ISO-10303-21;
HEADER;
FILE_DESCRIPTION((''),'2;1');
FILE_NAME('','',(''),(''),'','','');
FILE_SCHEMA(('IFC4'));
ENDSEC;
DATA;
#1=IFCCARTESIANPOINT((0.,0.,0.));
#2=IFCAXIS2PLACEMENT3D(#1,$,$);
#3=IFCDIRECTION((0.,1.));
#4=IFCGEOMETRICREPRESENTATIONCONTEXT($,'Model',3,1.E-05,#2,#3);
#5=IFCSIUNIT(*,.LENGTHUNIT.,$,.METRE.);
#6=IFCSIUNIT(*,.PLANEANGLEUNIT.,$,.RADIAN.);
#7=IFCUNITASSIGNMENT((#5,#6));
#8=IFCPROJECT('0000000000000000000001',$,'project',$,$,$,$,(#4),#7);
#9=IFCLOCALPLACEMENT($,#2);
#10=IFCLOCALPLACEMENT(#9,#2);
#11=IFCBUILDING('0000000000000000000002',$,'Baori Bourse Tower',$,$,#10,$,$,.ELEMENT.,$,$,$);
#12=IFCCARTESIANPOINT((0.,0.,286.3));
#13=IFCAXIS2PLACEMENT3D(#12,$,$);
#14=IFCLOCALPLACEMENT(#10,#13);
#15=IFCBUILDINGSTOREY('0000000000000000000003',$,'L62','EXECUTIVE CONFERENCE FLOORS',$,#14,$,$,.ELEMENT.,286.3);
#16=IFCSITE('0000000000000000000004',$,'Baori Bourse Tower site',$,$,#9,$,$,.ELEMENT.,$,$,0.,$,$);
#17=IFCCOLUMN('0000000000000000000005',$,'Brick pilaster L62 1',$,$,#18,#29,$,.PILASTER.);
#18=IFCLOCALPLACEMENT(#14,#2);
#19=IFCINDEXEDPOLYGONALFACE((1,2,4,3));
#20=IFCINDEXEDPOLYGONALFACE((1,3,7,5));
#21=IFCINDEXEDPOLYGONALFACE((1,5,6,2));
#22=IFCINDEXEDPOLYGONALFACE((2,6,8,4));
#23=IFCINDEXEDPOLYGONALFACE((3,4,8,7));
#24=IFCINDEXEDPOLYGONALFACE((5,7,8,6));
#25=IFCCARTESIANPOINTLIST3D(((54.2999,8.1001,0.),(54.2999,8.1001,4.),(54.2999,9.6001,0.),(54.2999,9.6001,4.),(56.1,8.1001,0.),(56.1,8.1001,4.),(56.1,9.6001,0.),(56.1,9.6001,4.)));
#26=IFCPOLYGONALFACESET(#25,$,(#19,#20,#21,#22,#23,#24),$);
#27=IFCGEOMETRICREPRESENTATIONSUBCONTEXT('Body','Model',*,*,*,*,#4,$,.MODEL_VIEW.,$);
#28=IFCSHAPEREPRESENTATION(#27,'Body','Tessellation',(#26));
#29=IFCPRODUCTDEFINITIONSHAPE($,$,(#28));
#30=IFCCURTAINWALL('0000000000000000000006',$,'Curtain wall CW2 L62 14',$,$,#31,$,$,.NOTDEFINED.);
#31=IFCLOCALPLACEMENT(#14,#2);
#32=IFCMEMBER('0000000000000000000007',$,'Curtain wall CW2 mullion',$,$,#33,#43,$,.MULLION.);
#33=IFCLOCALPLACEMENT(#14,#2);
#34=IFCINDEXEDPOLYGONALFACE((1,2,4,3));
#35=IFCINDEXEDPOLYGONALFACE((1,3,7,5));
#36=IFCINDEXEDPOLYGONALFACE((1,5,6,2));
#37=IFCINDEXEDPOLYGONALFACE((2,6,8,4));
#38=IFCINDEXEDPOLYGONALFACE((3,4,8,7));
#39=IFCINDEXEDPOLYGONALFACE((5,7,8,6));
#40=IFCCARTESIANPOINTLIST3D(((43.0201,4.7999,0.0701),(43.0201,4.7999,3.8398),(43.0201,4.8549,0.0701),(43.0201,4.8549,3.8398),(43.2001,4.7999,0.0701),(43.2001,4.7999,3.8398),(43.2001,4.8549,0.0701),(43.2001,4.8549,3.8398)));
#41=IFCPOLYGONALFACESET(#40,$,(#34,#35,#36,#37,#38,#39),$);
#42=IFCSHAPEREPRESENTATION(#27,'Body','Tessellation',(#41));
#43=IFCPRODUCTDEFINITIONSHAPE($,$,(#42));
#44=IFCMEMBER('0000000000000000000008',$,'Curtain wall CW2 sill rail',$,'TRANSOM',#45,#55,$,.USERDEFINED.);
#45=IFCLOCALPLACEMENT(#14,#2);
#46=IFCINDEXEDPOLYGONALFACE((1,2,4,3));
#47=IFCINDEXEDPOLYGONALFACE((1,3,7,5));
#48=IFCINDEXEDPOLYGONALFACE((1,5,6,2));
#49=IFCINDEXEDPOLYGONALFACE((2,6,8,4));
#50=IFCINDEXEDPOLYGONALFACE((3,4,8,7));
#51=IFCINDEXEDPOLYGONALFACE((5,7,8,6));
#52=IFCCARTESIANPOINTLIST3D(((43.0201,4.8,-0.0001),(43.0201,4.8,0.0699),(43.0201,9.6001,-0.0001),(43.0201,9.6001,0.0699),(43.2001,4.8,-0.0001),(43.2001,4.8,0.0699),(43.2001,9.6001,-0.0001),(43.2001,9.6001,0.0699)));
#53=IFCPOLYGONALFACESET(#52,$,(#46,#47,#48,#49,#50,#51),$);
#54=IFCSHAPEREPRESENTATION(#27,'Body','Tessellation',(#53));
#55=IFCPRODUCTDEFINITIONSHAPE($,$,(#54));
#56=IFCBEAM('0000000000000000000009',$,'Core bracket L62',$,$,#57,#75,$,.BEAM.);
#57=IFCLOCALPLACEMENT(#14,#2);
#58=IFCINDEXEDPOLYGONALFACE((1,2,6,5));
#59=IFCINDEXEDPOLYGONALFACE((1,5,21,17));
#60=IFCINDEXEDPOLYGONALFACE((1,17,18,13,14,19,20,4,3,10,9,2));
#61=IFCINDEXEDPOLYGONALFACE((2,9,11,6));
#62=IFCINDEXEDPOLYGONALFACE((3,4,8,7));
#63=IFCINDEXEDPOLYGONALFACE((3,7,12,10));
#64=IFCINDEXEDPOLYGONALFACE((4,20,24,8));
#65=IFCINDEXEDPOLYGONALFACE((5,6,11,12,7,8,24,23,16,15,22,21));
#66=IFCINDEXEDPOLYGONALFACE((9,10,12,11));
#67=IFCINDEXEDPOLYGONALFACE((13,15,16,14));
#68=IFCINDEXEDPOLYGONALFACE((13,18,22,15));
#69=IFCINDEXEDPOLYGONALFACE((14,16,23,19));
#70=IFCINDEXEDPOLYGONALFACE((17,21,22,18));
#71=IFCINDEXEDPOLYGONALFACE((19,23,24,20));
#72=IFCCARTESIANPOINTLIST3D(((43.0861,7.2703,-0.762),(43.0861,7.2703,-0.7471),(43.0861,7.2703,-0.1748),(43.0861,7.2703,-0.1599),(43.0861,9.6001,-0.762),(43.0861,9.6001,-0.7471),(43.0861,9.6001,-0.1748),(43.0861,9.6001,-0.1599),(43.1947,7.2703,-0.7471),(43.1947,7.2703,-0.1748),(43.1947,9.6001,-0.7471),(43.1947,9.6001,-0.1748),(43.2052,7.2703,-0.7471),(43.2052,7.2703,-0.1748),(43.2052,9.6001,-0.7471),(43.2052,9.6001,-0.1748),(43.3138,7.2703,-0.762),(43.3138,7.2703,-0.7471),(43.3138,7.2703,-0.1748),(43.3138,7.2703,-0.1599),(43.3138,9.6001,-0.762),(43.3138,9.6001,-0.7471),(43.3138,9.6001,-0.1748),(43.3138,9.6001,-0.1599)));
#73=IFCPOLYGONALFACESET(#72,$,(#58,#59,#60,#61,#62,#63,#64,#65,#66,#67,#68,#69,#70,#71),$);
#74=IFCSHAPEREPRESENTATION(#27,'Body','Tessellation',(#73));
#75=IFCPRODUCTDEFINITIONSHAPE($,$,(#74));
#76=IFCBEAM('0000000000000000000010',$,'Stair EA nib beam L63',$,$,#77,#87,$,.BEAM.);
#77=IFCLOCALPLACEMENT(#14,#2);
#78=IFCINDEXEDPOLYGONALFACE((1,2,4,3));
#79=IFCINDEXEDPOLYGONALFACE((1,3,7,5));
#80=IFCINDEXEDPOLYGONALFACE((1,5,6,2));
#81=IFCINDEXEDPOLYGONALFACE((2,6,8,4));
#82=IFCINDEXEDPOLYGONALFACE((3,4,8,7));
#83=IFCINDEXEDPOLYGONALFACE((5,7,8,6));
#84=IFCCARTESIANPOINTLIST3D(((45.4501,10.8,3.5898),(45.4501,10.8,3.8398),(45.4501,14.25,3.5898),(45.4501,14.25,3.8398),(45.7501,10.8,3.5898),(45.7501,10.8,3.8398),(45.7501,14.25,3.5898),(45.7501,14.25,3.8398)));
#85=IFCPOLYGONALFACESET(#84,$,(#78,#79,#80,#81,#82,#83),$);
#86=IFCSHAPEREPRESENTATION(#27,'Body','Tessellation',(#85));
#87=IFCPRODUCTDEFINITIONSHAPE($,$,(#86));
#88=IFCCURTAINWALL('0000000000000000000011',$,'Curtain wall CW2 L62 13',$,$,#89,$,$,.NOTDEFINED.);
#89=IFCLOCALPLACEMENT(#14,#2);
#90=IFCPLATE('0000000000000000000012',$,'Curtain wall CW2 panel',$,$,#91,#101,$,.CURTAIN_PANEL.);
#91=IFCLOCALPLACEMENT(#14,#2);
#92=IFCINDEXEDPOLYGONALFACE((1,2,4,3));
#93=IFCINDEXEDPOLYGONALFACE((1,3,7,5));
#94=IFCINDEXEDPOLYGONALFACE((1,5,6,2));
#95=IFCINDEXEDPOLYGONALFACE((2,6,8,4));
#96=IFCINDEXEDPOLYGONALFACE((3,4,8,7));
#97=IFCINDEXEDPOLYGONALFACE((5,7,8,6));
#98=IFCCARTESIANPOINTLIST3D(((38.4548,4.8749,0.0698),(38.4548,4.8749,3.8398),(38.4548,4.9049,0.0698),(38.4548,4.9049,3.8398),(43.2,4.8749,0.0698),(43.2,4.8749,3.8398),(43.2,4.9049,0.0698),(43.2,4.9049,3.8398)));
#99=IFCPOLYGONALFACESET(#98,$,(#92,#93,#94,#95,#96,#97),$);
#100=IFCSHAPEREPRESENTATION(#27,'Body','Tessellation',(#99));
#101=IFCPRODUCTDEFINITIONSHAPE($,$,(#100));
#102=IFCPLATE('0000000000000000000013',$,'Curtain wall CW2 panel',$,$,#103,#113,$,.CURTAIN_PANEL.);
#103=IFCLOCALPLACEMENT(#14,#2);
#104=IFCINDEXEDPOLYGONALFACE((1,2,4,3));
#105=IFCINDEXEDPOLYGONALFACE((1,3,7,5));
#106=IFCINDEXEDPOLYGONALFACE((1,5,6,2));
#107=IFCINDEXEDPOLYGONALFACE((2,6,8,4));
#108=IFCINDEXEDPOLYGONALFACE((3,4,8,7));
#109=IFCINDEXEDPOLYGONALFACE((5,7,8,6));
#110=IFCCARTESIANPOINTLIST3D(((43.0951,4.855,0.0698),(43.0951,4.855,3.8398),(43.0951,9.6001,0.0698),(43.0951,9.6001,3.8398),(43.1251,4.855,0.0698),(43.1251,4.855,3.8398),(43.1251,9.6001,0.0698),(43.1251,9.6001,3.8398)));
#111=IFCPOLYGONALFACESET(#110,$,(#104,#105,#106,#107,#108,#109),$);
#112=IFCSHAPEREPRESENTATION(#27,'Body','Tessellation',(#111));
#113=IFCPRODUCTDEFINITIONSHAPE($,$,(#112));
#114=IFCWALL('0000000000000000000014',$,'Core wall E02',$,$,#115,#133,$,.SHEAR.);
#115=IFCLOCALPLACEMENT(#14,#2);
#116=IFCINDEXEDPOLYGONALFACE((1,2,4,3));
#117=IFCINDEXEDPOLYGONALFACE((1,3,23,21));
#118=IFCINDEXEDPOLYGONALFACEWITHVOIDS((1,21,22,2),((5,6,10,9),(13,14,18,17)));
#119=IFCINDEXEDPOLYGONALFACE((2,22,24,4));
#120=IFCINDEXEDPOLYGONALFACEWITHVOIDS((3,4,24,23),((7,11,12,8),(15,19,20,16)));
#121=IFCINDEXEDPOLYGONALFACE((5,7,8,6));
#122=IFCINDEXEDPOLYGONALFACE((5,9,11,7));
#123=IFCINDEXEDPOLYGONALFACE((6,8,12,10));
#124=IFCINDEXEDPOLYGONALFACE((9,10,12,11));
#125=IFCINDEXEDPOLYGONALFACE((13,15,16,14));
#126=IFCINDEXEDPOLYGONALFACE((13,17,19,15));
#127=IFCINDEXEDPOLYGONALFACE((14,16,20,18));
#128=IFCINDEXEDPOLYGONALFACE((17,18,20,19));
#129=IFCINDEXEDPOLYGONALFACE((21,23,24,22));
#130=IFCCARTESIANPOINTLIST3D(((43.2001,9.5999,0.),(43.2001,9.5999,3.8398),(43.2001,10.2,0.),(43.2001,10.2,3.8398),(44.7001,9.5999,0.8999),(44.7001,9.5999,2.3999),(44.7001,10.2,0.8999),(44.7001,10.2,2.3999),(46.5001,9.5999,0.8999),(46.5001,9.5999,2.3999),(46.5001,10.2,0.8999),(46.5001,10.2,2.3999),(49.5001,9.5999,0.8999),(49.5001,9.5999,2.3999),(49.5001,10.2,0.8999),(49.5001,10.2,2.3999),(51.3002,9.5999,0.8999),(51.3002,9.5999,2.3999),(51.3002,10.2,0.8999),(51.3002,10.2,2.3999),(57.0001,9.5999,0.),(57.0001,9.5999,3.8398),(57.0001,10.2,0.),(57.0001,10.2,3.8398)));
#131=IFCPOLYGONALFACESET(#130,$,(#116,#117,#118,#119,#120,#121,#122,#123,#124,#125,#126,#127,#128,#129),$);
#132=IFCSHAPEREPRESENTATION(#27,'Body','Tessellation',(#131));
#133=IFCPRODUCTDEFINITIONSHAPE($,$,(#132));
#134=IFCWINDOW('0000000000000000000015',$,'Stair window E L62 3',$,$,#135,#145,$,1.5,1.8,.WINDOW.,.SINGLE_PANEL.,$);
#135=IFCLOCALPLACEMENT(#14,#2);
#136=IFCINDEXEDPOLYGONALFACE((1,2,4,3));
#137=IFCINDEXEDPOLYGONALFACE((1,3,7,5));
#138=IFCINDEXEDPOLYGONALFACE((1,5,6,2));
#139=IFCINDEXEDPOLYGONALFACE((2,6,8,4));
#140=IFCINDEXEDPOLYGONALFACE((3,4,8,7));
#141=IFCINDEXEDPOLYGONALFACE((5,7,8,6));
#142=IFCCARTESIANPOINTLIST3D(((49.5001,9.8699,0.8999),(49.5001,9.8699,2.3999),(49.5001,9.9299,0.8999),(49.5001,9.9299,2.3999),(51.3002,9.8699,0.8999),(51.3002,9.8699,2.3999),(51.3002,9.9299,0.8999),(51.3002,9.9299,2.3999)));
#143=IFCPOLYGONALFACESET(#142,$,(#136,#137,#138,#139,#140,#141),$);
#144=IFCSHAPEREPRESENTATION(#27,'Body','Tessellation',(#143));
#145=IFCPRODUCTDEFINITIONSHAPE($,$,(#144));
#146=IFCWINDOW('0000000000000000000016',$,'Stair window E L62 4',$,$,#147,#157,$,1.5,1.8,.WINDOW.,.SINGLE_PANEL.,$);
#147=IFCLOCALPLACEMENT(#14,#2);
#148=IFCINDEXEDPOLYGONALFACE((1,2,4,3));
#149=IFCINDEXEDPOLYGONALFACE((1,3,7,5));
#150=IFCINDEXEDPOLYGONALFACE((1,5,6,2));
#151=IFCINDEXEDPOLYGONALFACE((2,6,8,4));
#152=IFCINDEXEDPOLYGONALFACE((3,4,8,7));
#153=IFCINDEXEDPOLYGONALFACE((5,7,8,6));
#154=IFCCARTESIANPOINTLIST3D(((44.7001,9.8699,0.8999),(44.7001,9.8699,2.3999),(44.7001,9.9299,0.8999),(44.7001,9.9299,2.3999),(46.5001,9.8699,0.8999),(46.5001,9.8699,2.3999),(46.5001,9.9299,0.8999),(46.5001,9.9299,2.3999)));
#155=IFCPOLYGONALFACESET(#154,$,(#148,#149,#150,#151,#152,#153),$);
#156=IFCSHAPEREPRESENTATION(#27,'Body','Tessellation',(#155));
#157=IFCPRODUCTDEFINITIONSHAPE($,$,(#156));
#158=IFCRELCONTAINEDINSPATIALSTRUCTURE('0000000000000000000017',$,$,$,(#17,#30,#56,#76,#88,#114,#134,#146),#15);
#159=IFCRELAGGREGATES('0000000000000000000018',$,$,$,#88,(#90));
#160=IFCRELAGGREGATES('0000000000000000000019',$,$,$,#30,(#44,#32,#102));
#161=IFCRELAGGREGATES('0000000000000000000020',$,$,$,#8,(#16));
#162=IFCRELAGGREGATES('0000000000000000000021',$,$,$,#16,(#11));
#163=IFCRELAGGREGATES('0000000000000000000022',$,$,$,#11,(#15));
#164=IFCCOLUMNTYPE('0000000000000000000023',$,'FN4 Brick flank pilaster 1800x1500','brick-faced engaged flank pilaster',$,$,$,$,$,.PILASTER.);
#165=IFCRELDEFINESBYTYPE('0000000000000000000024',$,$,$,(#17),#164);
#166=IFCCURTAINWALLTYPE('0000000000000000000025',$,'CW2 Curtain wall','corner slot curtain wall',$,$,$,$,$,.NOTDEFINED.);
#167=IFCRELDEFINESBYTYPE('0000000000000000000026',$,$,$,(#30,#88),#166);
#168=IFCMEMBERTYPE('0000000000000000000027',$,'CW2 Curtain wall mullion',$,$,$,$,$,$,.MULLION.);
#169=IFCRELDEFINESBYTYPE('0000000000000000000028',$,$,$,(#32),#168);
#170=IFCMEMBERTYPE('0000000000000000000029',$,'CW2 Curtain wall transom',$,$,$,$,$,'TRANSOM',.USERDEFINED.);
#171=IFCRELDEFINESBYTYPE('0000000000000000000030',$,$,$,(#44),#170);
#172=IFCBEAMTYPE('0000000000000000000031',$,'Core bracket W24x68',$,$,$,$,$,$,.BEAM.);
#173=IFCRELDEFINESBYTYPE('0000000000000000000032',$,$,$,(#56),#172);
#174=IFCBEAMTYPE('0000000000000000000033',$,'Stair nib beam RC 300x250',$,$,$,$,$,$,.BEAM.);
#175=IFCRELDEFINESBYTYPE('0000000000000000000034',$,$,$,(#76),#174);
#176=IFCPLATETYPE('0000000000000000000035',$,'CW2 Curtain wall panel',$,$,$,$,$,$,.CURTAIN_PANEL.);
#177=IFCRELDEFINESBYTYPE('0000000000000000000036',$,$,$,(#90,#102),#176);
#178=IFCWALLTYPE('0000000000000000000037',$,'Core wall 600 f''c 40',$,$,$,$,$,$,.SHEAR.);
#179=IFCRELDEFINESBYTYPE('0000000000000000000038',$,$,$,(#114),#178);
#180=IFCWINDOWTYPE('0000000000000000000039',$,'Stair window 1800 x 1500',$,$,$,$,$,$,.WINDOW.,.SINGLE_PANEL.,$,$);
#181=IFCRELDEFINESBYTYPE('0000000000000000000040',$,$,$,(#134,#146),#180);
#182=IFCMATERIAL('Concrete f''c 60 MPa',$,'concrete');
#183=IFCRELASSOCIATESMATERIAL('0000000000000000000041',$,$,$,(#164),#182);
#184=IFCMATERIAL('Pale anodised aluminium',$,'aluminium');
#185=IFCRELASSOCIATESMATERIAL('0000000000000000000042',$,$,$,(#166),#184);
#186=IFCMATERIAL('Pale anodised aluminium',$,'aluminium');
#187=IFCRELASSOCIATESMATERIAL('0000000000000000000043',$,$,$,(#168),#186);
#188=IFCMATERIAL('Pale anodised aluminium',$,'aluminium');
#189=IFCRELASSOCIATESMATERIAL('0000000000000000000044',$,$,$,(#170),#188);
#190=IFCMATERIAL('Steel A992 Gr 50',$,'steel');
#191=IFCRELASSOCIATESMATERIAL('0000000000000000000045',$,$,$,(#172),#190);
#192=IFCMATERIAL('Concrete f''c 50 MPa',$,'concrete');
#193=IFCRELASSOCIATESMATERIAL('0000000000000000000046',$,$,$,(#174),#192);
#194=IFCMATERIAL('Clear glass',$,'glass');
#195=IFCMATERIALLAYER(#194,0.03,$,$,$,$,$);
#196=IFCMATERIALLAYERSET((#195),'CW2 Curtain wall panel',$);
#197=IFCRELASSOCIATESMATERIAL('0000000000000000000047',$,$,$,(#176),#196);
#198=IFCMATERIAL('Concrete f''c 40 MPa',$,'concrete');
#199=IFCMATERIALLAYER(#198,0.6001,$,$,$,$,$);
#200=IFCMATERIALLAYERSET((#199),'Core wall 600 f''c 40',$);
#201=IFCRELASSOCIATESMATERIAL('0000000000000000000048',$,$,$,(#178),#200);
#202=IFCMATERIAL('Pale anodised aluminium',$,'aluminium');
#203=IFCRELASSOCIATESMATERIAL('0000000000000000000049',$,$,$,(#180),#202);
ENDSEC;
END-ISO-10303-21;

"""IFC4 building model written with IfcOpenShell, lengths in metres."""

from ifc_helpers import new_model, si_unit, direction, frame, frame_2d, origin, origin_2d, place, context, subcontext, project, spatial, rectangle, i_section, extrude, material, layer, layer_set, material_profile, profile_set, type_object, element, fill, aggregate, save


model = new_model("IFC4")

# Units and contexts
model_context = context("Model", 3, precision=1e-05, world=origin(), true_north=direction((0.0, 1.0)))
body_context = subcontext(model_context, "Body", "Model", "MODEL_VIEW")
ifc_project = project(units=[si_unit("LENGTHUNIT", "METRE"), si_unit("PLANEANGLEUNIT", "RADIAN")], contexts=[model_context])

# Site, building, storey
site_placement = place(None, origin())
site = spatial("IfcSite", under=ifc_project, at=site_placement, Name="Baori Bourse Tower site", CompositionType="ELEMENT", RefElevation=0.0)
building_placement = place(site_placement, origin())
building = spatial("IfcBuilding", under=site, at=building_placement, Name="Baori Bourse Tower", CompositionType="ELEMENT")
storey_placement = place(building_placement, frame((0.0, 0.0, 286.3)))
storey = spatial("IfcBuildingStorey", under=building, at=storey_placement, Name="L62", Description="EXECUTIVE CONFERENCE FLOORS", CompositionType="ELEMENT", Elevation=286.3)

# Column
ifc_material_1 = material(Name="Concrete f'c 60 MPa", Category="concrete")
ifc_material_profile_1 = material_profile(ifc_material_1, rectangle(XDim=1.8, YDim=1.5, at=origin_2d()), Name="RC 1800x1500")
ifc_profile_set_1 = profile_set([ifc_material_profile_1], Name="Concrete f'c 60 MPa")
column_type = type_object("IfcColumnType", Name="FN4 Brick flank pilaster 1800x1500", Description="brick-faced engaged flank pilaster", PredefinedType="PILASTER", material=ifc_profile_set_1)
column_placement = place(storey_placement, frame((55.2, 8.8501, 0.0), z_axis=(0.0, 0.0, 1.0), x_axis=(1.0, 0.0, 0.0)))
element("IfcColumn", 1, at=column_placement, inside=storey, type_object=column_type, Name="Brick pilaster L62 1", PredefinedType="PILASTER", context=body_context, shape_type="SweptSolid", body=[
    extrude(rectangle(XDim=1.8, YDim=1.5, at=origin_2d()), origin(), (0.0, 0.0, 1.0), 4.0),
])

# Curtain wall, members
ifc_material_2 = material(Name="Pale anodised aluminium", Category="aluminium")
curtain_wall_type = type_object("IfcCurtainWallType", Name="CW2 Curtain wall", Description="corner slot curtain wall", PredefinedType="NOTDEFINED", material=ifc_material_2)
curtain_wall_1_placement = place(storey_placement, origin())
curtain_wall_1 = element("IfcCurtainWall", 2, at=curtain_wall_1_placement, inside=storey, type_object=curtain_wall_type, Name="Curtain wall CW2 L62 14", PredefinedType="NOTDEFINED")
ifc_material_3 = material(Name="Pale anodised aluminium", Category="aluminium")
ifc_material_profile_2 = material_profile(ifc_material_3, rectangle(XDim=0.1799, YDim=0.0549, at=origin_2d()), Name="Mullion 55x180")
ifc_profile_set_2 = profile_set([ifc_material_profile_2], Name="Pale anodised aluminium")
member_type_1 = type_object("IfcMemberType", Name="CW2 Curtain wall mullion", PredefinedType="MULLION", material=ifc_profile_set_2)
member_1_placement = place(storey_placement, frame((43.1101, 4.8274, 0.0701), z_axis=(0.0, 0.0, 1.0), x_axis=(-1.0, 0.0, 0.0)))
member_1 = element("IfcMember", 3, at=member_1_placement, type_object=member_type_1, Name="Curtain wall CW2 mullion", PredefinedType="MULLION", context=body_context, shape_type="SweptSolid", body=[
    extrude(rectangle(XDim=0.1799, YDim=0.0549, at=origin_2d()), origin(), (0.0, 0.0, 1.0), 3.7698),
])
ifc_material_4 = material(Name="Pale anodised aluminium", Category="aluminium")
ifc_material_profile_3 = material_profile(ifc_material_4, rectangle(XDim=0.1799, YDim=0.0701, at=origin_2d()), Name="Transom 70x180")
ifc_profile_set_3 = profile_set([ifc_material_profile_3], Name="Pale anodised aluminium")
member_type_2 = type_object("IfcMemberType", Name="CW2 Curtain wall transom", ElementType="TRANSOM", PredefinedType="USERDEFINED", material=ifc_profile_set_3)
member_2_placement = place(storey_placement, frame((43.1101, 4.8, 0.0349), z_axis=(0.0, 1.0, 0.0), x_axis=(-1.0, 0.0, 0.0)))
member_2 = element("IfcMember", 4, at=member_2_placement, type_object=member_type_2, Name="Curtain wall CW2 sill rail", ObjectType="TRANSOM", PredefinedType="USERDEFINED", context=body_context, shape_type="SweptSolid", body=[
    extrude(rectangle(XDim=0.1799, YDim=0.0701, at=origin_2d()), origin(), (0.0, 0.0, 1.0), 4.8),
])

# Beams
ifc_material_5 = material(Name="Steel A992 Gr 50", Category="steel")
ifc_material_profile_4 = material_profile(ifc_material_5, i_section(OverallWidth=0.2278, OverallDepth=0.6021, WebThickness=0.0105, FlangeThickness=0.0149, at=origin_2d()), Name="W24x68")
ifc_profile_set_4 = profile_set([ifc_material_profile_4], Name="Steel A992 Gr 50")
beam_type_1 = type_object("IfcBeamType", Name="Core bracket W24x68", PredefinedType="BEAM", material=ifc_profile_set_4)
beam_1_placement = place(storey_placement, frame((43.2, 7.2703, -0.4609), z_axis=(0.0, 1.0, 0.0), x_axis=(-1.0, 0.0, 0.0)))
element("IfcBeam", 5, at=beam_1_placement, inside=storey, type_object=beam_type_1, Name="Core bracket L62", PredefinedType="BEAM", context=body_context, shape_type="SweptSolid", body=[
    extrude(i_section(OverallWidth=0.2278, OverallDepth=0.6021, WebThickness=0.0105, FlangeThickness=0.0149, at=origin_2d()), origin(), (0.0, 0.0, 1.0), 2.3298),
])
ifc_material_6 = material(Name="Concrete f'c 50 MPa", Category="concrete")
ifc_material_profile_5 = material_profile(ifc_material_6, rectangle(XDim=0.3, YDim=0.25, at=origin_2d()), Name="RC 300x250")
ifc_profile_set_5 = profile_set([ifc_material_profile_5], Name="Concrete f'c 50 MPa")
beam_type_2 = type_object("IfcBeamType", Name="Stair nib beam RC 300x250", PredefinedType="BEAM", material=ifc_profile_set_5)
beam_2_placement = place(storey_placement, frame((45.6001, 10.8, 3.7148), z_axis=(0.0, 1.0, 0.0), x_axis=(-1.0, 0.0, 0.0)))
element("IfcBeam", 6, at=beam_2_placement, inside=storey, type_object=beam_type_2, Name="Stair EA nib beam L63", PredefinedType="BEAM", context=body_context, shape_type="SweptSolid", body=[
    extrude(rectangle(XDim=0.3, YDim=0.25, at=origin_2d()), origin(), (0.0, 0.0, 1.0), 3.45),
])

# Curtain wall, plate
curtain_wall_2_placement = place(storey_placement, origin())
curtain_wall_2 = element("IfcCurtainWall", 7, at=curtain_wall_2_placement, inside=storey, type_object=curtain_wall_type, Name="Curtain wall CW2 L62 13", PredefinedType="NOTDEFINED")
ifc_material_7 = material(Name="Clear glass", Category="glass")
ifc_layer_1 = layer(ifc_material_7, 0.03)
ifc_layer_set_1 = layer_set([ifc_layer_1], Name="CW2 Curtain wall panel")
plate_type = type_object("IfcPlateType", Name="CW2 Curtain wall panel", PredefinedType="CURTAIN_PANEL", material=ifc_layer_set_1)
plate_1_placement = place(storey_placement, frame((40.8274, 4.8899, 0.0698), z_axis=(0.0, 0.0, 1.0), x_axis=(1.0, 0.0, 0.0)))
plate_1 = element("IfcPlate", 8, at=plate_1_placement, type_object=plate_type, Name="Curtain wall CW2 panel", PredefinedType="CURTAIN_PANEL", context=body_context, shape_type="SweptSolid", body=[
    extrude(rectangle(XDim=4.7451, YDim=0.03, at=origin_2d()), origin(), (0.0, 0.0, 1.0), 3.77),
])
aggregate(curtain_wall_2, [plate_1])

# Plate
plate_2_placement = place(storey_placement, frame((43.1101, 7.2275, 0.0698), z_axis=(0.0, 0.0, 1.0), x_axis=(0.0, 1.0, 0.0)))
plate_2 = element("IfcPlate", 9, at=plate_2_placement, type_object=plate_type, Name="Curtain wall CW2 panel", PredefinedType="CURTAIN_PANEL", context=body_context, shape_type="SweptSolid", body=[
    extrude(rectangle(XDim=4.7451, YDim=0.03, at=origin_2d()), origin(), (0.0, 0.0, 1.0), 3.77),
])
aggregate(curtain_wall_1, [member_2, member_1, plate_2])

# Wall, openings, windows
ifc_material_8 = material(Name="Concrete f'c 40 MPa", Category="concrete")
ifc_layer_2 = layer(ifc_material_8, 0.6001)
ifc_layer_set_2 = layer_set([ifc_layer_2], Name="Core wall 600 f'c 40")
wall_type_1 = type_object("IfcWallType", Name="Core wall 600 f'c 40", PredefinedType="SHEAR", material=ifc_layer_set_2)
wall_1_placement = place(storey_placement, frame((57.0, 9.8999, 0.0), z_axis=(0.0, 0.0, 1.0), x_axis=(-1.0, 0.0, 0.0)))
wall_1 = element("IfcWall", 10, at=wall_1_placement, inside=storey, type_object=wall_type_1, Name="Core wall E02", PredefinedType="SHEAR", context=body_context, shape_type="SweptSolid", body=[
    extrude(rectangle(XDim=13.8, YDim=0.6001, at=frame_2d((6.8999, 0.0))), origin(), (0.0, 0.0, 1.0), 3.8398),
])
opening_1_placement = place(wall_1_placement, frame((5.7, 0.0, 0.8999)))
opening_1 = element("IfcOpeningElement", 11, at=opening_1_placement, cuts=wall_1, PredefinedType="OPENING", context=body_context, shape_type="SweptSolid", body=[
    extrude(rectangle(XDim=1.8, YDim=1.5, at=frame_2d((0.8999, 0.75))), frame((0.0, 0.3101, 0.0), z_axis=(0.0, -1.0, 0.0), x_axis=(1.0, 0.0, 0.0)), (0.0, 0.0, 1.0), 0.6201),
])
opening_2_placement = place(wall_1_placement, frame((10.5, 0.0, 0.8999)))
opening_2 = element("IfcOpeningElement", 12, at=opening_2_placement, cuts=wall_1, PredefinedType="OPENING", context=body_context, shape_type="SweptSolid", body=[
    extrude(rectangle(XDim=1.8, YDim=1.5, at=frame_2d((0.8999, 0.75))), frame((0.0, 0.3101, 0.0), z_axis=(0.0, -1.0, 0.0), x_axis=(1.0, 0.0, 0.0)), (0.0, 0.0, 1.0), 0.6201),
])
ifc_material_9 = material(Name="Pale anodised aluminium", Category="aluminium")
window_type = type_object("IfcWindowType", Name="Stair window 1800 x 1500", PartitioningType="SINGLE_PANEL", PredefinedType="WINDOW", material=ifc_material_9)
window_1_placement = place(opening_1_placement, origin())
window_1 = element("IfcWindow", 13, at=window_1_placement, inside=storey, type_object=window_type, Name="Stair window E L62 3", OverallHeight=1.5, OverallWidth=1.8, PartitioningType="SINGLE_PANEL", PredefinedType="WINDOW", context=body_context, shape_type="SweptSolid", body=[
    extrude(rectangle(XDim=1.8, YDim=1.5, at=frame_2d((0.8999, 0.75))), frame((0.0, 0.03, 0.0), z_axis=(0.0, -1.0, 0.0), x_axis=(1.0, 0.0, 0.0)), (0.0, 0.0, 1.0), 0.0601),
])
fill(opening_1, window_1)
window_2_placement = place(opening_2_placement, origin())
window_2 = element("IfcWindow", 14, at=window_2_placement, inside=storey, type_object=window_type, Name="Stair window E L62 4", OverallHeight=1.5, OverallWidth=1.8, PartitioningType="SINGLE_PANEL", PredefinedType="WINDOW", context=body_context, shape_type="SweptSolid", body=[
    extrude(rectangle(XDim=1.8, YDim=1.5, at=frame_2d((0.8999, 0.75))), frame((0.0, 0.03, 0.0), z_axis=(0.0, -1.0, 0.0), x_axis=(1.0, 0.0, 0.0)), (0.0, 0.0, 1.0), 0.0601),
])
fill(opening_2, window_2)

save(model, "model.ifc")
